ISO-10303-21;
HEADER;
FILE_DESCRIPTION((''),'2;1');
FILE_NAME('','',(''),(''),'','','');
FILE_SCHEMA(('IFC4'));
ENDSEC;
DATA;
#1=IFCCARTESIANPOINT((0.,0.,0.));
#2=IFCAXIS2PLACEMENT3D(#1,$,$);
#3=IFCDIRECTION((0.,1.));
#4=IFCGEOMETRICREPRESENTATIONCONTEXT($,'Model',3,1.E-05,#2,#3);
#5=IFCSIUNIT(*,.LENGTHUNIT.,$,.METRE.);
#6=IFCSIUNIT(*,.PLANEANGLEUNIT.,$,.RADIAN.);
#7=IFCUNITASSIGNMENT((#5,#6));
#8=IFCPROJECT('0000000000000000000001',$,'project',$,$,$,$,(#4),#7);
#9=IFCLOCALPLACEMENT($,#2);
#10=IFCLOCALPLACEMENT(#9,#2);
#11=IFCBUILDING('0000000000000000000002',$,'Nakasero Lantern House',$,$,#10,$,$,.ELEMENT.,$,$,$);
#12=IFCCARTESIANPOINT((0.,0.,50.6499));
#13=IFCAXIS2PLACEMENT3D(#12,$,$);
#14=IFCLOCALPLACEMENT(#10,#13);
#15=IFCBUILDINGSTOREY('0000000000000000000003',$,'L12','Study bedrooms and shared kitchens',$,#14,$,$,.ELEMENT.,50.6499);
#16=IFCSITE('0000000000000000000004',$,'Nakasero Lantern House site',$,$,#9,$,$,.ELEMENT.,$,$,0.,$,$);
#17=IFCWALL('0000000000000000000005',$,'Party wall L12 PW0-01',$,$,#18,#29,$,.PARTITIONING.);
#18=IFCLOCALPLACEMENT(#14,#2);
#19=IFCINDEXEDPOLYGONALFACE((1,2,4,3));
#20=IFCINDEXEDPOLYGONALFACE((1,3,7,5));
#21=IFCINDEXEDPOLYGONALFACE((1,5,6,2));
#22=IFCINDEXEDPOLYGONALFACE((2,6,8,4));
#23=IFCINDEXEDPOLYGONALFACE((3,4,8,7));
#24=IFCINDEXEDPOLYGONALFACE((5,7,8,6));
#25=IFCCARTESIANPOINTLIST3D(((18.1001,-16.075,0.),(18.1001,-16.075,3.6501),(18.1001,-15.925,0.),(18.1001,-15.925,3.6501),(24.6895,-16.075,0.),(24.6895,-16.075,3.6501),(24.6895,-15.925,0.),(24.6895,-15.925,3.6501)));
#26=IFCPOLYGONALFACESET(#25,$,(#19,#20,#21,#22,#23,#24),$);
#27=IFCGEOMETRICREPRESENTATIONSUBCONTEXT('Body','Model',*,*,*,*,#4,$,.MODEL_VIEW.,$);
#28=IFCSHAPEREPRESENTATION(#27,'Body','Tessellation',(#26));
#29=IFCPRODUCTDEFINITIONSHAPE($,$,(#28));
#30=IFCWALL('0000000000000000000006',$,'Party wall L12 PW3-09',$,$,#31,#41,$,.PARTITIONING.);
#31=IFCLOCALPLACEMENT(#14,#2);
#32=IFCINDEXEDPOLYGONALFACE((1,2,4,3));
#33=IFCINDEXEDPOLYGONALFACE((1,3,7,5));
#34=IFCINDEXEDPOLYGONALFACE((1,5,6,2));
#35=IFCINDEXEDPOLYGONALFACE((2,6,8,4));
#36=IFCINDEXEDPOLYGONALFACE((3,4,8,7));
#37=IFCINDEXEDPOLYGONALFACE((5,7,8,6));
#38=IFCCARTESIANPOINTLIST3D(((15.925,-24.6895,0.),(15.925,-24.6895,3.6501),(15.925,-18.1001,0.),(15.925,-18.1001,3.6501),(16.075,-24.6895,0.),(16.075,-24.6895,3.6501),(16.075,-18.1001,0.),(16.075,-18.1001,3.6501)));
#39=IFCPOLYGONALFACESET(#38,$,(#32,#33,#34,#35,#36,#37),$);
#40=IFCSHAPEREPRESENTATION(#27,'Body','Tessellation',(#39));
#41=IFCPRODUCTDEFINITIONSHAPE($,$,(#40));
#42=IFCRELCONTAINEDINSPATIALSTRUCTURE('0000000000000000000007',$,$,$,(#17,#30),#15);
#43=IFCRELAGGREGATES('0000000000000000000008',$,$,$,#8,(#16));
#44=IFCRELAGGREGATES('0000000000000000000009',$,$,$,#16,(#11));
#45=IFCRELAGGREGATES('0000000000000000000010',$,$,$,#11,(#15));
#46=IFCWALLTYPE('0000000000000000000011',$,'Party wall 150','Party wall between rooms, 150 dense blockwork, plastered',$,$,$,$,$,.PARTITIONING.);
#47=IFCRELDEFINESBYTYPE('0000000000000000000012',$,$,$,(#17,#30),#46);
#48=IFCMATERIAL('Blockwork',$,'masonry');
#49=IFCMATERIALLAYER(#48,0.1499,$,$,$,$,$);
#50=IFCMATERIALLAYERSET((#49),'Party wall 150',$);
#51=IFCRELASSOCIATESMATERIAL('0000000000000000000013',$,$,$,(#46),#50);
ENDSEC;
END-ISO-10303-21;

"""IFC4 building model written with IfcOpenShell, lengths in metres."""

from ifc_helpers import new_model, si_unit, direction, frame, frame_2d, origin, place, context, subcontext, project, spatial, rectangle, extrude, material, layer, layer_set, type_object, element, save


model = new_model("IFC4")

# Units and contexts
model_context = context("Model", 3, precision=1e-05, world=origin(), true_north=direction((0.0, 1.0)))
body_context = subcontext(model_context, "Body", "Model", "MODEL_VIEW")
ifc_project = project(units=[si_unit("LENGTHUNIT", "METRE"), si_unit("PLANEANGLEUNIT", "RADIAN")], contexts=[model_context])

# Site, building, storey
site_placement = place(None, origin())
site = spatial("IfcSite", under=ifc_project, at=site_placement, Name="Nakasero Lantern House site", CompositionType="ELEMENT", RefElevation=0.0)
building_placement = place(site_placement, origin())
building = spatial("IfcBuilding", under=site, at=building_placement, Name="Nakasero Lantern House", CompositionType="ELEMENT")
storey_placement = place(building_placement, frame((0.0, 0.0, 50.6499)))
storey = spatial("IfcBuildingStorey", under=building, at=storey_placement, Name="L12", Description="Study bedrooms and shared kitchens", CompositionType="ELEMENT", Elevation=50.6499)

# Walls
ifc_material_1 = material(Name="Blockwork", Category="masonry")
ifc_layer_1 = layer(ifc_material_1, 0.1499)
ifc_layer_set_1 = layer_set([ifc_layer_1], Name="Party wall 150")
wall_type_1 = type_object("IfcWallType", Name="Party wall 150", Description="Party wall between rooms, 150 dense blockwork, plastered", PredefinedType="PARTITIONING", material=ifc_layer_set_1)
for number, where, z_axis, x_axis, name in (
    (1, (18.1001, -16.0, 0.0), (0.0, 0.0, 1.0), (1.0, 0.0, 0.0), "Party wall L12 PW0-01"),
    (2, (16.0, -18.1001, 0.0), (0.0, 0.0, 1.0), (0.0, -1.0, 0.0), "Party wall L12 PW3-09"),
):
    element("IfcWall", number, at=place(storey_placement, frame(where, z_axis=z_axis, x_axis=x_axis)), inside=storey, type_object=wall_type_1, Name=name, PredefinedType="PARTITIONING", context=body_context, shape_type="SweptSolid", body=[
        extrude(rectangle(XDim=6.5894, YDim=0.1499, at=frame_2d((3.2947, 0.0))), origin(), (0.0, 0.0, 1.0), 3.6501),
    ])

save(model, "model.ifc")
